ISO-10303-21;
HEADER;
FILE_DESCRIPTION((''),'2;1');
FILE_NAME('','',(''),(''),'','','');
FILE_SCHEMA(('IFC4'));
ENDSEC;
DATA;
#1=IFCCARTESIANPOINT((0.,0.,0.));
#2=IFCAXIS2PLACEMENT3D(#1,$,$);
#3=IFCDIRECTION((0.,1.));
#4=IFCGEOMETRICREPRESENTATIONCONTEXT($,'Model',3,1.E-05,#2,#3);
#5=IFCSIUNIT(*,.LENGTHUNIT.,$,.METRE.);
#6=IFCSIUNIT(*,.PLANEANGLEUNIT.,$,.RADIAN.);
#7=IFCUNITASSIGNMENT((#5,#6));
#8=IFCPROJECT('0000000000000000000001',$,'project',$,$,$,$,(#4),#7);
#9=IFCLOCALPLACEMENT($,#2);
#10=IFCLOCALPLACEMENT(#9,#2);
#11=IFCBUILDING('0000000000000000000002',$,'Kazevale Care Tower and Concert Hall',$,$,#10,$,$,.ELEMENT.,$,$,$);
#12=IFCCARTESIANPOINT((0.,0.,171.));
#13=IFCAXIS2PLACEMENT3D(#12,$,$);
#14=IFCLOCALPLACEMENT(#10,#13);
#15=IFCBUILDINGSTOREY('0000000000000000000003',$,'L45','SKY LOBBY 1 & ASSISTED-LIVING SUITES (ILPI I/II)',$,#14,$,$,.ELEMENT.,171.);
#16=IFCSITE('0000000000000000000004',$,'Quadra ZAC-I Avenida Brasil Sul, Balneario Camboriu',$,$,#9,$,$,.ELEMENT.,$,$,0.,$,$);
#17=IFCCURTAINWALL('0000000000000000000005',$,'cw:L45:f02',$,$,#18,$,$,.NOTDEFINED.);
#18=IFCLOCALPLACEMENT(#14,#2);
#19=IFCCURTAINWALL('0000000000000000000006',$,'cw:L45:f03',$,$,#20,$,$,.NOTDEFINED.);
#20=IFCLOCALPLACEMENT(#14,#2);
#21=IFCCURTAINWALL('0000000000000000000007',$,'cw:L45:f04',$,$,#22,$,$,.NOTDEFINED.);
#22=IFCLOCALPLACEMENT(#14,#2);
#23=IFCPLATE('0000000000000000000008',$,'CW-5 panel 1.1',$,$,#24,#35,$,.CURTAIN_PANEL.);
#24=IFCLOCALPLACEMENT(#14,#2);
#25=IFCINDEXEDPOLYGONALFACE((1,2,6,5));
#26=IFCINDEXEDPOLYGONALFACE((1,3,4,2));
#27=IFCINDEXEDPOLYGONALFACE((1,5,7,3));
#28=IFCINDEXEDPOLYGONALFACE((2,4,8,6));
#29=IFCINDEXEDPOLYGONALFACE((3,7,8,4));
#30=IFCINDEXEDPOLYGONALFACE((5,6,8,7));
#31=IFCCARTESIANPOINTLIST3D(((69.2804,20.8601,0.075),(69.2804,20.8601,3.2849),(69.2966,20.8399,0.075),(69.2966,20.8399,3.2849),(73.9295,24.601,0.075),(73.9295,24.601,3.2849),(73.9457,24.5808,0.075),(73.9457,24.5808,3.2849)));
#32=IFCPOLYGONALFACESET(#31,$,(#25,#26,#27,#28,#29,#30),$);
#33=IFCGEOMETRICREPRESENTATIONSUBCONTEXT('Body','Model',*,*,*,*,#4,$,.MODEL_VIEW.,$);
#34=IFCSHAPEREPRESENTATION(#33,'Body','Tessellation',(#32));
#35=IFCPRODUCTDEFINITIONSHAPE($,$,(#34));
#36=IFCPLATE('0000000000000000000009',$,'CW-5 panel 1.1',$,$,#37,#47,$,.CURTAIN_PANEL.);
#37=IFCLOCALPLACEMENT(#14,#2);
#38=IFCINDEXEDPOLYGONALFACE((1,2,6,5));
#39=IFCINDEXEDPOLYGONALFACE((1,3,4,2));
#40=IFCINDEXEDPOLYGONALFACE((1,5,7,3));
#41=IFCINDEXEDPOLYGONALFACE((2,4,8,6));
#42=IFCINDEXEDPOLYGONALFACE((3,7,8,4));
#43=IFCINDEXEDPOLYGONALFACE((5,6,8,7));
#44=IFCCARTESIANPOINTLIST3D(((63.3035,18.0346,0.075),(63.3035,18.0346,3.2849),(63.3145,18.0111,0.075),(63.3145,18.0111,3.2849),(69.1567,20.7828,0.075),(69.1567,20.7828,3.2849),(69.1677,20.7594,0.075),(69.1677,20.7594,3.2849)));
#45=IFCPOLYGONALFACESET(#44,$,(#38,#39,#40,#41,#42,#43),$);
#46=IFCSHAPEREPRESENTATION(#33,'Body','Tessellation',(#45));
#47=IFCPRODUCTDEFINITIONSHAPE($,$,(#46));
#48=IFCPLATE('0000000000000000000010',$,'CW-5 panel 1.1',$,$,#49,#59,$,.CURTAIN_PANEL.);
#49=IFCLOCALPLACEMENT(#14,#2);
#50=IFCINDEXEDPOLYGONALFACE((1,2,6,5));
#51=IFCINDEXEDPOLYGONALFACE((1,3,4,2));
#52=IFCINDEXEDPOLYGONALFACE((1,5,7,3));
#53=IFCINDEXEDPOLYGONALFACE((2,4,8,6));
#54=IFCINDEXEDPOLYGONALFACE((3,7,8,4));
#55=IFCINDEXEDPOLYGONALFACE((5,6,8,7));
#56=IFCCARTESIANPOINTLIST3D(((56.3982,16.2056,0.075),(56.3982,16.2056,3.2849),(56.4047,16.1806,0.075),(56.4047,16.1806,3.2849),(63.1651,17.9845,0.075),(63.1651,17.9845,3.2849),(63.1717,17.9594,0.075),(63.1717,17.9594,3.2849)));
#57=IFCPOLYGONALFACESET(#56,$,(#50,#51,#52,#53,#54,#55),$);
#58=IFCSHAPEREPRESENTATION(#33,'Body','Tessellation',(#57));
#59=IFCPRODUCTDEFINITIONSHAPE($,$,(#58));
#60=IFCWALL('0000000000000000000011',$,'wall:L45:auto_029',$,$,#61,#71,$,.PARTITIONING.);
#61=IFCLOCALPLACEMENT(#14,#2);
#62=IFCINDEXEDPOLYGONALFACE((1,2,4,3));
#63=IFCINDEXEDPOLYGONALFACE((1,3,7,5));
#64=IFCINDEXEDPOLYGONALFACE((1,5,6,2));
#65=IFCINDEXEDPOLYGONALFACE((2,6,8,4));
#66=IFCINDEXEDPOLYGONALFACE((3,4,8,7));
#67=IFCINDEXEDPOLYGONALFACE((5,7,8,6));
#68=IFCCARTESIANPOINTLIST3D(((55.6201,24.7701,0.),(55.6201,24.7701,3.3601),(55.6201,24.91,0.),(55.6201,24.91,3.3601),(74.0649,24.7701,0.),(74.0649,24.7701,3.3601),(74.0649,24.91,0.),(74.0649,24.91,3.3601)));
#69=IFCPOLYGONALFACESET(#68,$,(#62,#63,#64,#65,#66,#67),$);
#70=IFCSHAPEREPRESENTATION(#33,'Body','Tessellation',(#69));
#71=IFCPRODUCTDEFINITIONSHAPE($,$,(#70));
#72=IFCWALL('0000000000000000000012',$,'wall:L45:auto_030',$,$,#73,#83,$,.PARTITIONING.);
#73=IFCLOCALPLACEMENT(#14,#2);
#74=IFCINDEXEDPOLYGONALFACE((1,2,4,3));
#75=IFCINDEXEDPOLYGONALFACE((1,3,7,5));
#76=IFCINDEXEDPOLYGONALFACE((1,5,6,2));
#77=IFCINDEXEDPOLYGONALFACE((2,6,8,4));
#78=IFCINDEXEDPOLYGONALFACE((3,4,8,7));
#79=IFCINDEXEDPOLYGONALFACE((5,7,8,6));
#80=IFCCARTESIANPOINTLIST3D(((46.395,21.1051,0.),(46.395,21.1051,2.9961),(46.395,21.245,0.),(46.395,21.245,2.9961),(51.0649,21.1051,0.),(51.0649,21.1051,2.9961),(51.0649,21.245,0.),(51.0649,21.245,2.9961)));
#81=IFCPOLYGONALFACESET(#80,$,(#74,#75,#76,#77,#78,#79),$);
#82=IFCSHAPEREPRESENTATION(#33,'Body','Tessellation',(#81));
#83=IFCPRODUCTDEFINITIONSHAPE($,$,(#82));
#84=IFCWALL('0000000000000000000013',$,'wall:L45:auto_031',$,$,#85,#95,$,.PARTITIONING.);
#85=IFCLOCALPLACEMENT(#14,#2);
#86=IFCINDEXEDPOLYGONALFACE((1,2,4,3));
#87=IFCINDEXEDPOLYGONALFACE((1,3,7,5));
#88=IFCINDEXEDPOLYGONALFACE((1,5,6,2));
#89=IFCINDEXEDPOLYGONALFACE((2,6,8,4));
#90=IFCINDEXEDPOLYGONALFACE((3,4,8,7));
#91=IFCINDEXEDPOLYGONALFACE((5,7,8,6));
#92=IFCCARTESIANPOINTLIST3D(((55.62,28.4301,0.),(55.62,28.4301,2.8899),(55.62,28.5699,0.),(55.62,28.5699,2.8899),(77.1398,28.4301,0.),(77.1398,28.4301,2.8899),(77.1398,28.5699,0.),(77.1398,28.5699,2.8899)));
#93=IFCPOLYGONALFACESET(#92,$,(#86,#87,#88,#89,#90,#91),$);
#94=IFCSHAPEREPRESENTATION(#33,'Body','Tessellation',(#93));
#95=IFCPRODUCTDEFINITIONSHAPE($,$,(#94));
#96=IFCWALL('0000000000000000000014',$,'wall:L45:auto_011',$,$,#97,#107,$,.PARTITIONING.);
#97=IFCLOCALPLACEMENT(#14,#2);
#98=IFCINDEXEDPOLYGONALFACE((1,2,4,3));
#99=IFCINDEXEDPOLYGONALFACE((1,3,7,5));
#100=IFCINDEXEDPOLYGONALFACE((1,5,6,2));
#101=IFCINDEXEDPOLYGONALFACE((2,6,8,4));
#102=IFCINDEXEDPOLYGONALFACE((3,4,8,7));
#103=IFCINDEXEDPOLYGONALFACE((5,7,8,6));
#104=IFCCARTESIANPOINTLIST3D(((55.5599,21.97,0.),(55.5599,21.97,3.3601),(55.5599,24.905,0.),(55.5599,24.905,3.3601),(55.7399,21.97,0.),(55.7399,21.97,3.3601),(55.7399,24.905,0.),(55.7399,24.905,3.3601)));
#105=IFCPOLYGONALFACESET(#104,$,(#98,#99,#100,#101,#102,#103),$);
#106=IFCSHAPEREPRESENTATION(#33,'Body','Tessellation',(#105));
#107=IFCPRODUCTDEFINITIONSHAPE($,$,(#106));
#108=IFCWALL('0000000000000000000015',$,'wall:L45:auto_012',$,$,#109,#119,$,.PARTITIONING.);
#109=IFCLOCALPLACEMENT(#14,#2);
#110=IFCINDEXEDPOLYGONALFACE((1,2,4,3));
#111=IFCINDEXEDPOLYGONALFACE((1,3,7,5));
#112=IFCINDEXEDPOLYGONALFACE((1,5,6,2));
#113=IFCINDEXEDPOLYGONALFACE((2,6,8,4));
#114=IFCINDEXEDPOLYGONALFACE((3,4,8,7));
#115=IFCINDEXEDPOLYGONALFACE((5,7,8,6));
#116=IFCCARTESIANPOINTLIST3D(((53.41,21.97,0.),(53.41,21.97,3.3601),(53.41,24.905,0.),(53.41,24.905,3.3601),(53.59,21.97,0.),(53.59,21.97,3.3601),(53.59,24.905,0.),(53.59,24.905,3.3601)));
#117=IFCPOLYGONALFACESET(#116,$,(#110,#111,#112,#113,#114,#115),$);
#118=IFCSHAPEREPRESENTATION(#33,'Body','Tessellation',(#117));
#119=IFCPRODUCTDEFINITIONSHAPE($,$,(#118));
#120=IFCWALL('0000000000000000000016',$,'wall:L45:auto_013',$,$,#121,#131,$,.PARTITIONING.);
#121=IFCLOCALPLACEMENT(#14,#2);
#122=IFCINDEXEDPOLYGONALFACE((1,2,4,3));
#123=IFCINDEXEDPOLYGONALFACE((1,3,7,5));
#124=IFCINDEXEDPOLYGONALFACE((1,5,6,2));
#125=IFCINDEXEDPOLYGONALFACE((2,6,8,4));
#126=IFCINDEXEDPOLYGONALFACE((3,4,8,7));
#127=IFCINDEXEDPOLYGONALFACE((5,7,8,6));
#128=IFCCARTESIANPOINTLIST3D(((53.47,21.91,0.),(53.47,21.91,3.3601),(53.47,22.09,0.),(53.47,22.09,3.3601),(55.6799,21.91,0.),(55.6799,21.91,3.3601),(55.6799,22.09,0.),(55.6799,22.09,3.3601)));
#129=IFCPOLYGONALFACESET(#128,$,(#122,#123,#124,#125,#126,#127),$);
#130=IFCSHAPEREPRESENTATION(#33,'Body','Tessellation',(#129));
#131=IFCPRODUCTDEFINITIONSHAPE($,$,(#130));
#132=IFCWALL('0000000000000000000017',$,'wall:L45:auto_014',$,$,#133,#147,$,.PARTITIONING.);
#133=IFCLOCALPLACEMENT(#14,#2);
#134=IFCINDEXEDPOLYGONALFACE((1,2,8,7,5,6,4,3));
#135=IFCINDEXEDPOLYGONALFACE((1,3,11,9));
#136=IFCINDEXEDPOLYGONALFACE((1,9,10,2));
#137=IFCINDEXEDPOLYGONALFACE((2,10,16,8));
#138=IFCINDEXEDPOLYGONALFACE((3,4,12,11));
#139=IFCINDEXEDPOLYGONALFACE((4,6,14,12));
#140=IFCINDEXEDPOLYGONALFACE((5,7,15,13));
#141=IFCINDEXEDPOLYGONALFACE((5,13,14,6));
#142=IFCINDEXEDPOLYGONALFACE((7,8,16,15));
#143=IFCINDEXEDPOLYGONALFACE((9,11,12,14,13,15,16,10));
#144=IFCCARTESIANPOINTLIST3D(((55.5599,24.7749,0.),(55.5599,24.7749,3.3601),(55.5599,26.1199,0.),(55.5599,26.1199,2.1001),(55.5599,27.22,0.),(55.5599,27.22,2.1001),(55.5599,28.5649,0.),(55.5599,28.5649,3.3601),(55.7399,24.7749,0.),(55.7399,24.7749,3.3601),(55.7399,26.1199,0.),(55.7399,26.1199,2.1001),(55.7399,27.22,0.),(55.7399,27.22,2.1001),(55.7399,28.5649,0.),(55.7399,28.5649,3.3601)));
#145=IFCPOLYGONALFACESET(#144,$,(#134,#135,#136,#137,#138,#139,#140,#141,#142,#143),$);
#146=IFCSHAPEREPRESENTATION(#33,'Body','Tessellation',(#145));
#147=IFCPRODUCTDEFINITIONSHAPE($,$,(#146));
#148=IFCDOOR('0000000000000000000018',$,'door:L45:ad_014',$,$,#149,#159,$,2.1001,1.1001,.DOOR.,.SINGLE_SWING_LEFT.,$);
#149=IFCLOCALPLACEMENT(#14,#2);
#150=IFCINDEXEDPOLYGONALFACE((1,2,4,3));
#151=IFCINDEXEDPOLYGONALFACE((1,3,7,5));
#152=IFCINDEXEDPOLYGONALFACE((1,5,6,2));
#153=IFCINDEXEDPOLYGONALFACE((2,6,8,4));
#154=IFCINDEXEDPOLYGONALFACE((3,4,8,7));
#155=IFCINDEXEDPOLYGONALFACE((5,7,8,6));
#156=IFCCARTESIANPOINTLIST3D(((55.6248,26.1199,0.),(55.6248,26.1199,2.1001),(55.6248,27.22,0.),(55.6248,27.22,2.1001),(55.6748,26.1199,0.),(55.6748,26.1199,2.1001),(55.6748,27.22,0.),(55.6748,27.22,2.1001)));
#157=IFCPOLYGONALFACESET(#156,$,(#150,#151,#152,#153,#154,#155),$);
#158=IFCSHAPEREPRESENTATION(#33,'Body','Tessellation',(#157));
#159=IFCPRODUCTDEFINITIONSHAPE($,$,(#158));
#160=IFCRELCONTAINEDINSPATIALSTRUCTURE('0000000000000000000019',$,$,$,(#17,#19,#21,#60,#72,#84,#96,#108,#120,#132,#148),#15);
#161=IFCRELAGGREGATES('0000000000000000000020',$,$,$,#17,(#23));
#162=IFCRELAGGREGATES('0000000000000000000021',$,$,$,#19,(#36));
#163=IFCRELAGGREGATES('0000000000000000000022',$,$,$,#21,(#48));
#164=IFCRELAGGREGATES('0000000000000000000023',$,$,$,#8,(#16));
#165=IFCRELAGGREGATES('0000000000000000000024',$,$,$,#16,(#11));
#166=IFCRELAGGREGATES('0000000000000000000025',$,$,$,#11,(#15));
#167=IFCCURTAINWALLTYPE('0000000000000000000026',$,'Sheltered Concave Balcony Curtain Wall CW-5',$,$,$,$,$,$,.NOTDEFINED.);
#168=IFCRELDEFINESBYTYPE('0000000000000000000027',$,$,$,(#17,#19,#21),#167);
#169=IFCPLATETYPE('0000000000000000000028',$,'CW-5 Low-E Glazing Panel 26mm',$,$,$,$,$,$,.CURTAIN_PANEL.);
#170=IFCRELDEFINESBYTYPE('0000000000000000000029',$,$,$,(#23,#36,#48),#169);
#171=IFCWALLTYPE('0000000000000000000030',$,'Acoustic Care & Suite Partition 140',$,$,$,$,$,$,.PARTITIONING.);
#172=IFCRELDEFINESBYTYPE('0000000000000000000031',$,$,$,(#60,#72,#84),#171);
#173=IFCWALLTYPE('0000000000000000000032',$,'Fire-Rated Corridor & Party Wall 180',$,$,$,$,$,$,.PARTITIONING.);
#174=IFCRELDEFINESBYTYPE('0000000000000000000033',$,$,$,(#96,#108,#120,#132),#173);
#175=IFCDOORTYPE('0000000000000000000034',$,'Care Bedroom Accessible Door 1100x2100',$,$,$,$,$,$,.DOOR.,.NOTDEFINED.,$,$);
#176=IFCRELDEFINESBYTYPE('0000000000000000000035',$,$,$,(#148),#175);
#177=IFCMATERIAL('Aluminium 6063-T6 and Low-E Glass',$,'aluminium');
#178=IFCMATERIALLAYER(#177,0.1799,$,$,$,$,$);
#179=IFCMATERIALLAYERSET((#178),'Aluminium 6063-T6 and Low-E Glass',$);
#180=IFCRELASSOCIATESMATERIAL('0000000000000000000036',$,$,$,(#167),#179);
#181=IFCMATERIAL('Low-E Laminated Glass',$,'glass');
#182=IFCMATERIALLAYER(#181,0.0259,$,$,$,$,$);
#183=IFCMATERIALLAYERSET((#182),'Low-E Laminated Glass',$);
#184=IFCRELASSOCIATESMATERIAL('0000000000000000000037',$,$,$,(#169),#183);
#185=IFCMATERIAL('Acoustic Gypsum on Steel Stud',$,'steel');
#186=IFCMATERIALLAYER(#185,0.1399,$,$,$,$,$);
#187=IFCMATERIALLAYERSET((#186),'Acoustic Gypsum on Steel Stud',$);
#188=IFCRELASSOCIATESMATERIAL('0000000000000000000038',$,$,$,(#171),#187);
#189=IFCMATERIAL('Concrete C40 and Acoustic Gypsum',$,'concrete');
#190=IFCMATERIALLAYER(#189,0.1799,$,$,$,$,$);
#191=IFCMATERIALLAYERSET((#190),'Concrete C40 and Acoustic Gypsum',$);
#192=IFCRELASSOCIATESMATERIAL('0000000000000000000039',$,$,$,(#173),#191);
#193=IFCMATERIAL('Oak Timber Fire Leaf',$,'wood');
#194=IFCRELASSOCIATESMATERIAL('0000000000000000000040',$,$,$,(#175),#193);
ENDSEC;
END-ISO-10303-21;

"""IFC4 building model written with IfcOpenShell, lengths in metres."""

from ifc_helpers import new_model, si_unit, direction, frame, frame_2d, origin, origin_2d, place, context, subcontext, project, spatial, rectangle, extrude, material, layer, layer_set, type_object, element, fill, aggregate, save


model = new_model("IFC4")

# Units and contexts
model_context = context("Model", 3, precision=1e-05, world=origin(), true_north=direction((0.0, 1.0)))
body_context = subcontext(model_context, "Body", "Model", "MODEL_VIEW")
ifc_project = project(units=[si_unit("LENGTHUNIT", "METRE"), si_unit("PLANEANGLEUNIT", "RADIAN")], contexts=[model_context])

# Site, building, storey
site_placement = place(None, origin())
site = spatial("IfcSite", under=ifc_project, at=site_placement, Name="Quadra ZAC-I Avenida Brasil Sul, Balneario Camboriu", CompositionType="ELEMENT", RefElevation=0.0)
building_placement = place(site_placement, origin())
building = spatial("IfcBuilding", under=site, at=building_placement, Name="Kazevale Care Tower and Concert Hall", CompositionType="ELEMENT")
storey_placement = place(building_placement, frame((0.0, 0.0, 171.0)))
storey = spatial("IfcBuildingStorey", under=building, at=storey_placement, Name="L45", Description="SKY LOBBY 1 & ASSISTED-LIVING SUITES (ILPI I/II)", CompositionType="ELEMENT", Elevation=171.0)

# Shared definitions
ifc_material_1 = material(Name="Aluminium 6063-T6 and Low-E Glass", Category="aluminium")

# Curtain walls
ifc_layer_1 = layer(ifc_material_1, 0.1799)
ifc_layer_set_1 = layer_set([ifc_layer_1], Name="Aluminium 6063-T6 and Low-E Glass")
curtain_wall_type_1 = type_object("IfcCurtainWallType", Name="Sheltered Concave Balcony Curtain Wall CW-5", PredefinedType="NOTDEFINED", material=ifc_layer_set_1)
curtain_wall_1_placement = place(storey_placement, origin())
curtain_wall_1 = element("IfcCurtainWall", 1, at=curtain_wall_1_placement, inside=storey, type_object=curtain_wall_type_1, Name="cw:L45:f02", PredefinedType="NOTDEFINED")
curtain_wall_2_placement = place(storey_placement, origin())
curtain_wall_2 = element("IfcCurtainWall", 2, at=curtain_wall_2_placement, inside=storey, type_object=curtain_wall_type_1, Name="cw:L45:f03", PredefinedType="NOTDEFINED")
curtain_wall_3_placement = place(storey_placement, origin())
curtain_wall_3 = element("IfcCurtainWall", 3, at=curtain_wall_3_placement, inside=storey, type_object=curtain_wall_type_1, Name="cw:L45:f04", PredefinedType="NOTDEFINED")

# Plates
ifc_material_2 = material(Name="Low-E Laminated Glass", Category="glass")
ifc_layer_2 = layer(ifc_material_2, 0.0259)
ifc_layer_set_2 = layer_set([ifc_layer_2], Name="Low-E Laminated Glass")
plate_type = type_object("IfcPlateType", Name="CW-5 Low-E Glazing Panel 26mm", PredefinedType="CURTAIN_PANEL", material=ifc_layer_set_2)
plate_1_placement = place(storey_placement, frame((71.613, 22.7205, 0.075), z_axis=(0.0, 0.0, 1.0), x_axis=(-0.779095, -0.626905, 0.0)))
plate_1 = element("IfcPlate", 4, at=plate_1_placement, type_object=plate_type, Name="CW-5 panel 1.1", PredefinedType="CURTAIN_PANEL", context=body_context, shape_type="SweptSolid", body=[
    extrude(rectangle(XDim=5.9673, YDim=0.0259, at=origin_2d()), origin(), (0.0, 0.0, 1.0), 3.21),
])
aggregate(curtain_wall_1, [plate_1])
plate_2_placement = place(storey_placement, frame((66.2356, 19.397, 0.075), z_axis=(0.0, 0.0, 1.0), x_axis=(-0.905188, -0.425011, 0.0)))
plate_2 = element("IfcPlate", 5, at=plate_2_placement, type_object=plate_type, Name="CW-5 panel 1.1", PredefinedType="CURTAIN_PANEL", context=body_context, shape_type="SweptSolid", body=[
    extrude(rectangle(XDim=6.4663, YDim=0.0259, at=origin_2d()), origin(), (0.0, 0.0, 1.0), 3.21),
])
aggregate(curtain_wall_2, [plate_2])
plate_3_placement = place(storey_placement, frame((59.7849, 17.0825, 0.075), z_axis=(0.0, 0.0, 1.0), x_axis=(-0.967142, -0.254238, 0.0)))
plate_3 = element("IfcPlate", 6, at=plate_3_placement, type_object=plate_type, Name="CW-5 panel 1.1", PredefinedType="CURTAIN_PANEL", context=body_context, shape_type="SweptSolid", body=[
    extrude(rectangle(XDim=6.9968, YDim=0.0259, at=origin_2d()), origin(), (0.0, 0.0, 1.0), 3.21),
])
aggregate(curtain_wall_3, [plate_3])

# Walls
ifc_material_3 = material(Name="Acoustic Gypsum on Steel Stud", Category="steel")
ifc_layer_3 = layer(ifc_material_3, 0.1399)
ifc_layer_set_3 = layer_set([ifc_layer_3], Name="Acoustic Gypsum on Steel Stud")
wall_type_1 = type_object("IfcWallType", Name="Acoustic Care & Suite Partition 140", PredefinedType="PARTITIONING", material=ifc_layer_set_3)
wall_1_placement = place(storey_placement, frame((55.6201, 24.8401, 0.0), z_axis=(0.0, 0.0, 1.0), x_axis=(1.0, 0.0, 0.0)))
element("IfcWall", 7, at=wall_1_placement, inside=storey, type_object=wall_type_1, Name="wall:L45:auto_029", PredefinedType="PARTITIONING", context=body_context, shape_type="SweptSolid", body=[
    extrude(rectangle(XDim=18.4448, YDim=0.1399, at=frame_2d((9.2224, 0.0))), origin(), (0.0, 0.0, 1.0), 3.3601),
])
wall_2_placement = place(storey_placement, frame((51.0649, 21.175, 0.0), z_axis=(0.0, 0.0, 1.0), x_axis=(-1.0, 0.0, 0.0)))
element("IfcWall", 8, at=wall_2_placement, inside=storey, type_object=wall_type_1, Name="wall:L45:auto_030", PredefinedType="PARTITIONING", context=body_context, shape_type="SweptSolid", body=[
    extrude(rectangle(XDim=4.6699, YDim=0.1399, at=frame_2d((2.335, 0.0))), origin(), (0.0, 0.0, 1.0), 2.9961),
])
wall_3_placement = place(storey_placement, frame((55.6201, 28.5, 0.0), z_axis=(0.0, 0.0, 1.0), x_axis=(1.0, 0.0, 0.0)))
element("IfcWall", 9, at=wall_3_placement, inside=storey, type_object=wall_type_1, Name="wall:L45:auto_031", PredefinedType="PARTITIONING", context=body_context, shape_type="SweptSolid", body=[
    extrude(rectangle(XDim=21.5198, YDim=0.1399, at=frame_2d((10.7598, 0.0))), origin(), (0.0, 0.0, 1.0), 2.8899),
])
ifc_material_4 = material(Name="Concrete C40 and Acoustic Gypsum", Category="concrete")
ifc_layer_4 = layer(ifc_material_4, 0.1799)
ifc_layer_set_4 = layer_set([ifc_layer_4], Name="Concrete C40 and Acoustic Gypsum")
wall_type_2 = type_object("IfcWallType", Name="Fire-Rated Corridor & Party Wall 180", PredefinedType="PARTITIONING", material=ifc_layer_set_4)
for number, where, z_axis, x_axis, name in (
    (10, (55.6499, 24.905, 0.0), (0.0, 0.0, 1.0), (0.0, -1.0, 0.0), "wall:L45:auto_011"),
    (11, (53.5, 21.97, 0.0), (0.0, 0.0, 1.0), (0.0, 1.0, 0.0), "wall:L45:auto_012"),
):
    element("IfcWall", number, at=place(storey_placement, frame(where, z_axis=z_axis, x_axis=x_axis)), inside=storey, type_object=wall_type_2, Name=name, PredefinedType="PARTITIONING", context=body_context, shape_type="SweptSolid", body=[
        extrude(rectangle(XDim=2.9351, YDim=0.1799, at=frame_2d((1.4675, 0.0))), origin(), (0.0, 0.0, 1.0), 3.3601),
    ])
wall_4_placement = place(storey_placement, frame((55.6799, 22.0, 0.0), z_axis=(0.0, 0.0, 1.0), x_axis=(-1.0, 0.0, 0.0)))
element("IfcWall", 12, at=wall_4_placement, inside=storey, type_object=wall_type_2, Name="wall:L45:auto_013", PredefinedType="PARTITIONING", context=body_context, shape_type="SweptSolid", body=[
    extrude(rectangle(XDim=2.21, YDim=0.1799, at=frame_2d((1.105, 0.0))), origin(), (0.0, 0.0, 1.0), 3.3601),
])

# Wall, opening, door
wall_5_placement = place(storey_placement, frame((55.6499, 28.5649, 0.0), z_axis=(0.0, 0.0, 1.0), x_axis=(0.0, -1.0, 0.0)))
wall_5 = element("IfcWall", 13, at=wall_5_placement, inside=storey, type_object=wall_type_2, Name="wall:L45:auto_014", PredefinedType="PARTITIONING", context=body_context, shape_type="SweptSolid", body=[
    extrude(rectangle(XDim=3.79, YDim=0.1799, at=frame_2d((1.895, 0.0))), origin(), (0.0, 0.0, 1.0), 3.3601),
])
opening_1_placement = place(wall_5_placement, frame((1.345, 0.0, 0.0)))
opening_1 = element("IfcOpeningElement", 14, at=opening_1_placement, cuts=wall_5, PredefinedType="OPENING", context=body_context, shape_type="SweptSolid", body=[
    extrude(rectangle(XDim=1.1001, YDim=2.1001, at=frame_2d((0.55, 1.05))), frame((0.0, 0.0999, 0.0), z_axis=(0.0, -1.0, 0.0), x_axis=(1.0, 0.0, 0.0)), (0.0, 0.0, 1.0), 0.2),
])
ifc_material_5 = material(Name="Oak Timber Fire Leaf", Category="wood")
door_type_1 = type_object("IfcDoorType", Name="Care Bedroom Accessible Door 1100x2100", OperationType="NOTDEFINED", PredefinedType="DOOR", material=ifc_material_5)
door_1_placement = place(opening_1_placement, origin())
door_1 = element("IfcDoor", 15, at=door_1_placement, inside=storey, type_object=door_type_1, Name="door:L45:ad_014", OperationType="SINGLE_SWING_LEFT", OverallHeight=2.1001, OverallWidth=1.1001, PredefinedType="DOOR", context=body_context, shape_type="SweptSolid", body=[
    extrude(rectangle(XDim=1.1001, YDim=2.1001, at=frame_2d((0.55, 1.05))), frame((0.0, 0.0249, 0.0), z_axis=(0.0, -1.0, 0.0), x_axis=(1.0, 0.0, 0.0)), (0.0, 0.0, 1.0), 0.05),
])
fill(opening_1, door_1)

save(model, "model.ifc")
